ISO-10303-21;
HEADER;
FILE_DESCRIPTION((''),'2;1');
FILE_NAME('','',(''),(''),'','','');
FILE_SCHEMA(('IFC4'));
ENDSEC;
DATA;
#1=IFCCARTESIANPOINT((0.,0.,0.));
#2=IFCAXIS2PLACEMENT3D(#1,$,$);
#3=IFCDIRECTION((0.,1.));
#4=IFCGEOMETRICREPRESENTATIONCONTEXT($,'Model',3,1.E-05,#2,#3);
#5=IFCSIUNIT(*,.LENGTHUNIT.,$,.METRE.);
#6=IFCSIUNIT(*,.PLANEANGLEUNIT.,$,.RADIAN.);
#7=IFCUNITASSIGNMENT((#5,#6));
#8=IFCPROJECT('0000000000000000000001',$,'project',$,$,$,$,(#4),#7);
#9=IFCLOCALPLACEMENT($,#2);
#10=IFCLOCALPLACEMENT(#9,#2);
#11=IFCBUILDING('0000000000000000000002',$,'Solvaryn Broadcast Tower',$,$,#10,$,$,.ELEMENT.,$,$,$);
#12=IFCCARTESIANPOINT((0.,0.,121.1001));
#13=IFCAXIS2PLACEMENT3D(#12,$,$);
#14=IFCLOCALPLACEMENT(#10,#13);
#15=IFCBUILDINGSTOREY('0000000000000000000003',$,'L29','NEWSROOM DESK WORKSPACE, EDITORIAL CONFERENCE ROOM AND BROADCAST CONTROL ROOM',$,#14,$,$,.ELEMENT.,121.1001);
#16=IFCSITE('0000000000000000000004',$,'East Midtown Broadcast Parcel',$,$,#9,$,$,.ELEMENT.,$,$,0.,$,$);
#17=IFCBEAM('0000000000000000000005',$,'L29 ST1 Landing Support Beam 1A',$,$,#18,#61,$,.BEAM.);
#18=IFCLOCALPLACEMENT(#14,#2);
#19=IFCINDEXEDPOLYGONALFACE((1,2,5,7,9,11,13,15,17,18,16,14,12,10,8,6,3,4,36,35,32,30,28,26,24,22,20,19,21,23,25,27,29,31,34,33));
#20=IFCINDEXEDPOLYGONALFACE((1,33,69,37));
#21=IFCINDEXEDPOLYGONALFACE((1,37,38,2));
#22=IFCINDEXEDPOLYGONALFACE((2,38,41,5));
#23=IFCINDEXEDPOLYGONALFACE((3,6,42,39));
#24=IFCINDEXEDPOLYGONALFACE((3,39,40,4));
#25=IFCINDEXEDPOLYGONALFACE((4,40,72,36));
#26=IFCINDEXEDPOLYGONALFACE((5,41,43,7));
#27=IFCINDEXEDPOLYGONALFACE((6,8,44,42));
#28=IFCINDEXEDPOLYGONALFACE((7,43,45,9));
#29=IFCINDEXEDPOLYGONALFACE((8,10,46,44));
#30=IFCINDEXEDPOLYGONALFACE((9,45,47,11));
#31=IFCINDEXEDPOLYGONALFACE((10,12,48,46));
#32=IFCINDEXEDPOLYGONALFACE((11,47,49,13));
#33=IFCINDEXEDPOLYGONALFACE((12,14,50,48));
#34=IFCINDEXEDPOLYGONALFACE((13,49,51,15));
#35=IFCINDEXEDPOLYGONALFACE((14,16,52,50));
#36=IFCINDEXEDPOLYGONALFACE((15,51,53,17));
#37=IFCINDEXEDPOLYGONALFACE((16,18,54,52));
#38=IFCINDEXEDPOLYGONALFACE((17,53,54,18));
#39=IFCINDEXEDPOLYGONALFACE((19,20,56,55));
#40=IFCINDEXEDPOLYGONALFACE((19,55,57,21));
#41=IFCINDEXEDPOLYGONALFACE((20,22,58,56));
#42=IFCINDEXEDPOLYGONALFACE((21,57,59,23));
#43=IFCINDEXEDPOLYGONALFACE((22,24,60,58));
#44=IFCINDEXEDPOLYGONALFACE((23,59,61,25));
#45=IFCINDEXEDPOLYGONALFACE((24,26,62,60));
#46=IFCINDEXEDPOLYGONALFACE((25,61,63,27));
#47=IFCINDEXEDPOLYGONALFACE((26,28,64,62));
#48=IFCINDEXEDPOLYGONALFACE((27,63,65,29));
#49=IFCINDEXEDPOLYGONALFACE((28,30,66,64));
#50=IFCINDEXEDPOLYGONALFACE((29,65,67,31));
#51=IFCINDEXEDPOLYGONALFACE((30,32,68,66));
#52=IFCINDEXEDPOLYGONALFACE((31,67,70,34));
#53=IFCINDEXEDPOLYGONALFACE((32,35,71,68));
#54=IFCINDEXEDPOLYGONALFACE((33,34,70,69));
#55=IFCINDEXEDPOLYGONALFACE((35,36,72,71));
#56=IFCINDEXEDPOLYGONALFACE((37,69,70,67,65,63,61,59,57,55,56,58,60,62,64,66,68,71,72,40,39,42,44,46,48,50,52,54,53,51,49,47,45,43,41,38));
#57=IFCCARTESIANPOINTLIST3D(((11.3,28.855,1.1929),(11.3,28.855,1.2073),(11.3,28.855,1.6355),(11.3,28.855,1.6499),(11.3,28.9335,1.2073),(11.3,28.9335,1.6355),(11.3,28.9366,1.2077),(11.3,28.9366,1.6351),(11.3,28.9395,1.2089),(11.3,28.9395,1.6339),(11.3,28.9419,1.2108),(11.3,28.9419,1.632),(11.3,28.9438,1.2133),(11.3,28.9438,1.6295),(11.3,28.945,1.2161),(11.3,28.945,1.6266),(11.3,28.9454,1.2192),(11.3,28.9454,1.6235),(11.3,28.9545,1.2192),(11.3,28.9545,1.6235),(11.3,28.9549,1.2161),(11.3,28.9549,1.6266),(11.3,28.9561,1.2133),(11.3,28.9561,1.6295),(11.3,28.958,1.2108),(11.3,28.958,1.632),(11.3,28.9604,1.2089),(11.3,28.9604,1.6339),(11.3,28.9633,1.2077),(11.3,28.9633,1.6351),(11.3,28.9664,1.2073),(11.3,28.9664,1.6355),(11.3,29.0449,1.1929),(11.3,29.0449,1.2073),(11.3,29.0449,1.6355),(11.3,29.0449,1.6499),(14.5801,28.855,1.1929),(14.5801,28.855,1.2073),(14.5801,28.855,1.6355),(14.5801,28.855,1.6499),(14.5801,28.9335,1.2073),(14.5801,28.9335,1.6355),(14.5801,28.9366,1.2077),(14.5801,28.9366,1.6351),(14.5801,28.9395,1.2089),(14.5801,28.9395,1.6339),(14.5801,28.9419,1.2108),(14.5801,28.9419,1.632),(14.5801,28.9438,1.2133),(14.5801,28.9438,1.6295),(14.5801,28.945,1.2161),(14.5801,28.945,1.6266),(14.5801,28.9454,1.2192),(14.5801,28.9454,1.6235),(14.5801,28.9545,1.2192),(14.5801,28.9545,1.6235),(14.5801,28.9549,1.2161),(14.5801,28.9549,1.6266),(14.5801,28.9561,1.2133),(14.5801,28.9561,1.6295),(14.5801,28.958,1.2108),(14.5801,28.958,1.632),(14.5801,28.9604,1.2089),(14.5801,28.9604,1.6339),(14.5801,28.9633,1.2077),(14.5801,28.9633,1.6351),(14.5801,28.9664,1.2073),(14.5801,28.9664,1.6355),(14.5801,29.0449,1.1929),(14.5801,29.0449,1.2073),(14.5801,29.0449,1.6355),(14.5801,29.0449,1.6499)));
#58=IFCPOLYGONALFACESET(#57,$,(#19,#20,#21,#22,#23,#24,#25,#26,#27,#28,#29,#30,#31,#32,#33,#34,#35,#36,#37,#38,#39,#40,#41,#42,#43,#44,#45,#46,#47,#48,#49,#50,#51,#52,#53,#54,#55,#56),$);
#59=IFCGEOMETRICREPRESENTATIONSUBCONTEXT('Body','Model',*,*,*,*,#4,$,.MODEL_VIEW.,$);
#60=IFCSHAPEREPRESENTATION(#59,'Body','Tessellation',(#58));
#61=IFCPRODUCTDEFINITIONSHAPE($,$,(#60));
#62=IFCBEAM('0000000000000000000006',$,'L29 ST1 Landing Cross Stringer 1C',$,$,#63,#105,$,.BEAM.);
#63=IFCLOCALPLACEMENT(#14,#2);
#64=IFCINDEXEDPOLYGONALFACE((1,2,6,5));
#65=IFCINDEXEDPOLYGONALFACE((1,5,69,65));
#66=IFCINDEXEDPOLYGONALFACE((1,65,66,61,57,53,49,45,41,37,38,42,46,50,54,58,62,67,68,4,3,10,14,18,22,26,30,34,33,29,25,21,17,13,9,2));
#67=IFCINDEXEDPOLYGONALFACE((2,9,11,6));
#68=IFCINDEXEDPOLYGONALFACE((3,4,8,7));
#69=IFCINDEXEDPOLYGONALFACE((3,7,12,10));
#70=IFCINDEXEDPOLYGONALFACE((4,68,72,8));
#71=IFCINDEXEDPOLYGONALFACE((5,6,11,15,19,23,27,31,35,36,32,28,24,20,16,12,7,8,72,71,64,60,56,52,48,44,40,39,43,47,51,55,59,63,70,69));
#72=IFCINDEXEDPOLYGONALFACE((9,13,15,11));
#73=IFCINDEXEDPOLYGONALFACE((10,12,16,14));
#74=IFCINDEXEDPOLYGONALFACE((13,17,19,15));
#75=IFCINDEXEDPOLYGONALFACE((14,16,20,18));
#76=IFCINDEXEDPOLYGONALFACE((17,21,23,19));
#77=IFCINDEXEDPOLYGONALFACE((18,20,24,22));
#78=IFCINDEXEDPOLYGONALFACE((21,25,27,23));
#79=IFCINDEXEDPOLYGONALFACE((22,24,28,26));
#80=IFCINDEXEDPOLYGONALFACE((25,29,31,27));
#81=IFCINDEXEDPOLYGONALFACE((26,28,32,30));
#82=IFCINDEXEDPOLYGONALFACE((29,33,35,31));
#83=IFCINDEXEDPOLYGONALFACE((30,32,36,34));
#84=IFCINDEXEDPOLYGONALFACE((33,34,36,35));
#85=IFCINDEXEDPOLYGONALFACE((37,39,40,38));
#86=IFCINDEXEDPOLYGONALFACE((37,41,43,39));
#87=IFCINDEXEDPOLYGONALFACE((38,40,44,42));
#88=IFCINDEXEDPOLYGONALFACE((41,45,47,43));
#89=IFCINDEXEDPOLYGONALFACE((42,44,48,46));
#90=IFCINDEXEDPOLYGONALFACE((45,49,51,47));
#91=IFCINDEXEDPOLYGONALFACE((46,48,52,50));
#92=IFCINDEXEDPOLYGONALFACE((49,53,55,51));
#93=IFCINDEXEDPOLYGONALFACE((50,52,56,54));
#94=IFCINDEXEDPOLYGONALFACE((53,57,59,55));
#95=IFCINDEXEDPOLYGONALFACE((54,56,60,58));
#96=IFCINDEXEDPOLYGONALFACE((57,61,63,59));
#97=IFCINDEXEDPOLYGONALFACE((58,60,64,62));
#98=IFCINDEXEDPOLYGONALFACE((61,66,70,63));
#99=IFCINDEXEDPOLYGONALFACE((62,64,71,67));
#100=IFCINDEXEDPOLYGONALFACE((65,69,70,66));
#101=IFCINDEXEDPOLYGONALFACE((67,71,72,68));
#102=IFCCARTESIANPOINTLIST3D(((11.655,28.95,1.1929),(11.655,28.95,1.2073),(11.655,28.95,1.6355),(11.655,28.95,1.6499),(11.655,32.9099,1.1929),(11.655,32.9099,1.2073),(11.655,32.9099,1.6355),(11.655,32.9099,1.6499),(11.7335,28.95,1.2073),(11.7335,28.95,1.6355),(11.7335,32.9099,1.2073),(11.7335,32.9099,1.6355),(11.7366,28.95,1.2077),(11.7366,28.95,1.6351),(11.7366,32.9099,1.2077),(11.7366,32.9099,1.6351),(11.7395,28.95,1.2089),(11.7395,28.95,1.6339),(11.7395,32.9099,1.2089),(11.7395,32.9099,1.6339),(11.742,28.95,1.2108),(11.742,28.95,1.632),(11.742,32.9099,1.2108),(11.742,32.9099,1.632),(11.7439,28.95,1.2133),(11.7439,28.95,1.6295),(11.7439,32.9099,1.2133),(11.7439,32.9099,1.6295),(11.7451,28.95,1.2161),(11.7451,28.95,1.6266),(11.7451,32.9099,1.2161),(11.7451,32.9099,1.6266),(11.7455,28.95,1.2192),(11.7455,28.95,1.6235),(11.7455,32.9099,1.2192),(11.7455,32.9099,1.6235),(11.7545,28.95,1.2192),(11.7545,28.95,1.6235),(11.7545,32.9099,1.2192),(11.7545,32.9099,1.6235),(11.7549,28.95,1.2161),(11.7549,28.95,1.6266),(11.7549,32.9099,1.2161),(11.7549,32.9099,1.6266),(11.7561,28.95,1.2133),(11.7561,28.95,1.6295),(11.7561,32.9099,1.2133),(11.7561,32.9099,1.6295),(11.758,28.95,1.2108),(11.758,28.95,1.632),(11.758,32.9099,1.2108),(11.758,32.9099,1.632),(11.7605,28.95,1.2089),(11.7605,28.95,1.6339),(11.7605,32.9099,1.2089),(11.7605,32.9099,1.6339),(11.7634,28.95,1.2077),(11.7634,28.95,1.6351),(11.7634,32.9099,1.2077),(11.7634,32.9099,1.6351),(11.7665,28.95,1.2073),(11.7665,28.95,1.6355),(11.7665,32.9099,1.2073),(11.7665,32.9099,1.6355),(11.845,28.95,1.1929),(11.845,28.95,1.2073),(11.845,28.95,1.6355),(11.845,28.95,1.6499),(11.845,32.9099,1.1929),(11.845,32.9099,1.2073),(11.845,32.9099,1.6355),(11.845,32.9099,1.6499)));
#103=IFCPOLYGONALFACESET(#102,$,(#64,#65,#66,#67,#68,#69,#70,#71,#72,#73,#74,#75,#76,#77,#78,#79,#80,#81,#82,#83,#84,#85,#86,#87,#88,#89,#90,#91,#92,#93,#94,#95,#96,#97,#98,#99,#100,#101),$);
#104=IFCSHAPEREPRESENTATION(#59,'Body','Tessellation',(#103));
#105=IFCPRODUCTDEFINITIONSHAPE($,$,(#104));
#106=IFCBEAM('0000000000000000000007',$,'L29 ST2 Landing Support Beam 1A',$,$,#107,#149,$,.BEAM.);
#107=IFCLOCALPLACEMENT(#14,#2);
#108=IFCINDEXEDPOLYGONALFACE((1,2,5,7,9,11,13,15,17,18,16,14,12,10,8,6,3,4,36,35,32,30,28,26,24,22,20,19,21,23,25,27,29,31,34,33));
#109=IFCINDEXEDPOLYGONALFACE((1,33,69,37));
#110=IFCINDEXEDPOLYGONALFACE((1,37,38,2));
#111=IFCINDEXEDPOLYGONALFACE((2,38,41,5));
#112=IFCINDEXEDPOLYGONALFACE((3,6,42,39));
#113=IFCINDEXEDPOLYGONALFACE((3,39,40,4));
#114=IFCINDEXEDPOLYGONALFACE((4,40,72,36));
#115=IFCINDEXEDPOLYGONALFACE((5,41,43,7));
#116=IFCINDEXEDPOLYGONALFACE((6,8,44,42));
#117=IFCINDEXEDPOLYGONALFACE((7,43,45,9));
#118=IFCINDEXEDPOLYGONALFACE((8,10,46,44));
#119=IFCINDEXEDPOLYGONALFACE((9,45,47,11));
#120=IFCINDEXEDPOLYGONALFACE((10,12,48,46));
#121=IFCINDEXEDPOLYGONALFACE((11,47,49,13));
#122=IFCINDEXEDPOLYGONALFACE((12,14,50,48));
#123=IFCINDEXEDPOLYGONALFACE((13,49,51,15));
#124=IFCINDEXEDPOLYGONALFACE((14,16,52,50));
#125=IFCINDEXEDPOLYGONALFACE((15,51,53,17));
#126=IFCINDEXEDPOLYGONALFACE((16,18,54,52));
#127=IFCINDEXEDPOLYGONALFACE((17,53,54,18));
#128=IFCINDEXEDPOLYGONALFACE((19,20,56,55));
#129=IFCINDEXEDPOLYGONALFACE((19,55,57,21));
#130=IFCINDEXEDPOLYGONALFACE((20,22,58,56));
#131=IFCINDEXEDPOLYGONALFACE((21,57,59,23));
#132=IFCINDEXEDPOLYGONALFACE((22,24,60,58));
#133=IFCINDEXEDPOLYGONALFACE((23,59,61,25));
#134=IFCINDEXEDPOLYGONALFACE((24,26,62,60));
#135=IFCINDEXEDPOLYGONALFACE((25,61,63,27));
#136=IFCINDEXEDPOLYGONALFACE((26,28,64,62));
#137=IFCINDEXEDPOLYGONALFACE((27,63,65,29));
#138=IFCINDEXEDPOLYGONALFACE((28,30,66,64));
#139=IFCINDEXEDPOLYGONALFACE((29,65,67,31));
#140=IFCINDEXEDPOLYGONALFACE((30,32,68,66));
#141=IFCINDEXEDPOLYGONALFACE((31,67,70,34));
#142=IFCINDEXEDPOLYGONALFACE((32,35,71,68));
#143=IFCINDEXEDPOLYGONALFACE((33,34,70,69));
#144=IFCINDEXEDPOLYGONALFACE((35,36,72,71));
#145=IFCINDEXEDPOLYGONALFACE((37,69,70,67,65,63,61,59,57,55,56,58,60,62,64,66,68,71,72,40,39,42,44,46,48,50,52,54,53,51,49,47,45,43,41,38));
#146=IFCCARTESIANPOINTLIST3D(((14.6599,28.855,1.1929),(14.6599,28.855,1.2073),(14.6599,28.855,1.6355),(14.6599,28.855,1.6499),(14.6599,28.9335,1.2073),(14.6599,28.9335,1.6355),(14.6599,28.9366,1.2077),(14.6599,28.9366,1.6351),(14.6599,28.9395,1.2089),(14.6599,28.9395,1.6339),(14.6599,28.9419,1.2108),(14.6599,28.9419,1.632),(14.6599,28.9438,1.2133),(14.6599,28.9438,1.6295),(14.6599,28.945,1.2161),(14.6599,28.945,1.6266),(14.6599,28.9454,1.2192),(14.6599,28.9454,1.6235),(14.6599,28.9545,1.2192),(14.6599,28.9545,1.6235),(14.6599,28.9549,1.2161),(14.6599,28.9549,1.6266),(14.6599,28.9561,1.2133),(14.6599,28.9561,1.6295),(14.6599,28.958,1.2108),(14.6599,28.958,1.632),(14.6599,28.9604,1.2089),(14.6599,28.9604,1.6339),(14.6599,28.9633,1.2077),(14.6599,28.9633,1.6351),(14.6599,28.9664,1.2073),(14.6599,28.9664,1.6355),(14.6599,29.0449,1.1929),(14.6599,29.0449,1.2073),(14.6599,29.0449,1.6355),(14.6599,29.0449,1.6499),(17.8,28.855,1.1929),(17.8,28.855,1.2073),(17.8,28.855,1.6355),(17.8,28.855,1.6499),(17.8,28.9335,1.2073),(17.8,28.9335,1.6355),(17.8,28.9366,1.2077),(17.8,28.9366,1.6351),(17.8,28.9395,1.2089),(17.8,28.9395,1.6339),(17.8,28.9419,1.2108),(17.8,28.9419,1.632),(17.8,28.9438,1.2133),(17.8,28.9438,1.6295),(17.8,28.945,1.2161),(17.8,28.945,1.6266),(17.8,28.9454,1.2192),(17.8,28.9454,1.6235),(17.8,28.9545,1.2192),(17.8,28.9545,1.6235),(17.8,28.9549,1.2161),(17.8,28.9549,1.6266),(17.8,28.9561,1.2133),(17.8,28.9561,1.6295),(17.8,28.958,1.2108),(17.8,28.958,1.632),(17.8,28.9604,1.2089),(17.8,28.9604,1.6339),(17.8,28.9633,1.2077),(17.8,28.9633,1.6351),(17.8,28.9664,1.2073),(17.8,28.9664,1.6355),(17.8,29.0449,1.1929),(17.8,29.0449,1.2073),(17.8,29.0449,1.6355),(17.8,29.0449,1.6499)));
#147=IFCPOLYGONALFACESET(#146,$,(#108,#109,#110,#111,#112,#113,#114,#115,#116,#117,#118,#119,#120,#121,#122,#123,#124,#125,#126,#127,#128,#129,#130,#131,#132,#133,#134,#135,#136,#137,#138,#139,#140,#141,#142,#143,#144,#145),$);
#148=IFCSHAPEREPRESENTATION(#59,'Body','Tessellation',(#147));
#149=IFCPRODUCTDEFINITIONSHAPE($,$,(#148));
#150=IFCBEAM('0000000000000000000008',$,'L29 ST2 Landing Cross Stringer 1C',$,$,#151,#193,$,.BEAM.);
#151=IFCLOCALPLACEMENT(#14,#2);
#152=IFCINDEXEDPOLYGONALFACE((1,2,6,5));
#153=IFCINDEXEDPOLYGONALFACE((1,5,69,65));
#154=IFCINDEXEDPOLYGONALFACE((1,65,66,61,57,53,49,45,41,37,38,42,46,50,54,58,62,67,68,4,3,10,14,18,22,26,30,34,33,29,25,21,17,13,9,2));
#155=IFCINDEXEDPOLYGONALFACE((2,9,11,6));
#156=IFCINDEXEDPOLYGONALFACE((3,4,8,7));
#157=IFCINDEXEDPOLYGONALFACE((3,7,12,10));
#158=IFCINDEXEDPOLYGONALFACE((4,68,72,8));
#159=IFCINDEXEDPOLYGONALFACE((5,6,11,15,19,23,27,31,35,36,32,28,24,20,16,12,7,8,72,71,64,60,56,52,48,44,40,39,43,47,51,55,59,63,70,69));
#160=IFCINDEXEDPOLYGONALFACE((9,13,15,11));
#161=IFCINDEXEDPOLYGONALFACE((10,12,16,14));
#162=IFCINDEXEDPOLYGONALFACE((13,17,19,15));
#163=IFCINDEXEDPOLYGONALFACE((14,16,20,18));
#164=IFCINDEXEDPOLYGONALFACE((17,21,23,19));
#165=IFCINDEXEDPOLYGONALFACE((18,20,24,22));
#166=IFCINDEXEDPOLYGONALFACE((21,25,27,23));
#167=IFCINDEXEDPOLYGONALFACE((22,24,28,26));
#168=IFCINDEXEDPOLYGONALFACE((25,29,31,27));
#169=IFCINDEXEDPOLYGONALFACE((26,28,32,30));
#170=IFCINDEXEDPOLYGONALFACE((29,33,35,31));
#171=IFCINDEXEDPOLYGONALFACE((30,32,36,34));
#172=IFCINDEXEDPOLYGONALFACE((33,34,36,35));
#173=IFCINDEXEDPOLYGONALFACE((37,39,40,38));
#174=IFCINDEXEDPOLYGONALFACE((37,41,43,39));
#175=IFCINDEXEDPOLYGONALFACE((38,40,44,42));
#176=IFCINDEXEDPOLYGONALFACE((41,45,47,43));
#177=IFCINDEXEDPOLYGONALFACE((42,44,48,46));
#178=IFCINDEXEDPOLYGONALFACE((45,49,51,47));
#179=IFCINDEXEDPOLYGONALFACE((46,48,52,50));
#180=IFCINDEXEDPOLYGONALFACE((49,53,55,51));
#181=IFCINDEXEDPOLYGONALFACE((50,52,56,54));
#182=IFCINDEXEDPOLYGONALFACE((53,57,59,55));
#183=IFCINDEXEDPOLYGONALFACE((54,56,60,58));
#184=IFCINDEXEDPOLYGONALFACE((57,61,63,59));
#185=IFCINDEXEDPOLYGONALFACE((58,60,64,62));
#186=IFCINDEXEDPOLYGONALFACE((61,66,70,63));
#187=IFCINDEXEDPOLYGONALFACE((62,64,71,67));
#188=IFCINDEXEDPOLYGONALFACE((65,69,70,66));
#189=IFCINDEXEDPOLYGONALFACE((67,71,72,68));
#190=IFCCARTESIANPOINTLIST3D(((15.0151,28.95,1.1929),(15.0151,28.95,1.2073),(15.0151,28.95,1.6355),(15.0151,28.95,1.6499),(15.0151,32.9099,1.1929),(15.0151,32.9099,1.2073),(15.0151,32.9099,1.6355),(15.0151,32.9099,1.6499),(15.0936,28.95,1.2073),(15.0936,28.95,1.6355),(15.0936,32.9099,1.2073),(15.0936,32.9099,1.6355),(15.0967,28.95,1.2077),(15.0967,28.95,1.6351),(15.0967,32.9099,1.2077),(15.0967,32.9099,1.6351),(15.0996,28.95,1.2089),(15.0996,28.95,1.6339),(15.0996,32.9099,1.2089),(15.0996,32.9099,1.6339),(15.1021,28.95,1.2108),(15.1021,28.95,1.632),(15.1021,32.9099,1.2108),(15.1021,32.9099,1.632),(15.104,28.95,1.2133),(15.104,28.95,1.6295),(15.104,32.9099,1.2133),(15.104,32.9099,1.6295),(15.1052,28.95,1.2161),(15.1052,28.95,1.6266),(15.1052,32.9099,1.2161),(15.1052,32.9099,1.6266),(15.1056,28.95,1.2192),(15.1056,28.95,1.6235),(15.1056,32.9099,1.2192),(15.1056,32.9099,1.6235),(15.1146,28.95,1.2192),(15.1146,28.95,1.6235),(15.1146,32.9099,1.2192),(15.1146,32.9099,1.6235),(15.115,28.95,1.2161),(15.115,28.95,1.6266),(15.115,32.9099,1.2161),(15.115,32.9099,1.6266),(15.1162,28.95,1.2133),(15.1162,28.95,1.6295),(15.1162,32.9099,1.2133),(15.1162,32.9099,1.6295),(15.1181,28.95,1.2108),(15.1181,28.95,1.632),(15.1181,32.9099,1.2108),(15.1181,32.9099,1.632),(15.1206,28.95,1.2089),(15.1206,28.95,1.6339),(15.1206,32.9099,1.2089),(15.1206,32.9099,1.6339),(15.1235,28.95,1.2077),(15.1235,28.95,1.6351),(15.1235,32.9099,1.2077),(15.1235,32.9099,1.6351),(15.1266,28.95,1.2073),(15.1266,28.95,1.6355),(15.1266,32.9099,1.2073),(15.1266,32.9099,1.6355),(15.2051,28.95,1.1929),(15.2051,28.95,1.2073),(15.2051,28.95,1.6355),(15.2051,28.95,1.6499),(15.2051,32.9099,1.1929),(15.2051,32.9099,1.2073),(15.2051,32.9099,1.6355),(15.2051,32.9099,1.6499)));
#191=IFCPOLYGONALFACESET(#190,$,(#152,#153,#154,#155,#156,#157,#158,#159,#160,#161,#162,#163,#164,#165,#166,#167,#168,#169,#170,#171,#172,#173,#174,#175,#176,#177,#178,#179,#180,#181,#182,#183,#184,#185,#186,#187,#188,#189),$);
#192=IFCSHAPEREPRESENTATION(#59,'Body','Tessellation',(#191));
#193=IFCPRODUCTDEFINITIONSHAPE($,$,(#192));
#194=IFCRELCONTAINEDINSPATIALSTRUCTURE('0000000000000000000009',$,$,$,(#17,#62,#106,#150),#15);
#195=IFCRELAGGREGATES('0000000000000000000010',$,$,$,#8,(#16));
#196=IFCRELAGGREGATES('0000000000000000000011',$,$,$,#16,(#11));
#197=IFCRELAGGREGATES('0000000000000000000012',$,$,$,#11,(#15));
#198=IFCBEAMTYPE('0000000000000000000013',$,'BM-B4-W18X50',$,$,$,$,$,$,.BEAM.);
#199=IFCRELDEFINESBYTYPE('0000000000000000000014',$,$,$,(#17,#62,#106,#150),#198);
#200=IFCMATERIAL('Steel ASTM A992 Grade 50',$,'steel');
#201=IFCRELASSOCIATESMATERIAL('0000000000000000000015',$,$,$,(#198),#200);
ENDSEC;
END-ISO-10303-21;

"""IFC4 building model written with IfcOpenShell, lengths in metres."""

from ifc_helpers import new_model, si_unit, direction, frame, origin, origin_2d, place, context, subcontext, project, spatial, i_section, extrude, material, material_profile, profile_set, type_object, element, save


model = new_model("IFC4")

# Units and contexts
model_context = context("Model", 3, precision=1e-05, world=origin(), true_north=direction((0.0, 1.0)))
body_context = subcontext(model_context, "Body", "Model", "MODEL_VIEW")
ifc_project = project(units=[si_unit("LENGTHUNIT", "METRE"), si_unit("PLANEANGLEUNIT", "RADIAN")], contexts=[model_context])

# Site, building, storey
site_placement = place(None, origin())
site = spatial("IfcSite", under=ifc_project, at=site_placement, Name="East Midtown Broadcast Parcel", CompositionType="ELEMENT", RefElevation=0.0)
building_placement = place(site_placement, origin())
building = spatial("IfcBuilding", under=site, at=building_placement, Name="Solvaryn Broadcast Tower", CompositionType="ELEMENT")
storey_placement = place(building_placement, frame((0.0, 0.0, 121.1001)))
storey = spatial("IfcBuildingStorey", under=building, at=storey_placement, Name="L29", Description="NEWSROOM DESK WORKSPACE, EDITORIAL CONFERENCE ROOM AND BROADCAST CONTROL ROOM", CompositionType="ELEMENT", Elevation=121.1001)

# Beams
ifc_material_1 = material(Name="Steel ASTM A992 Grade 50", Category="steel")
ifc_material_profile_1 = material_profile(ifc_material_1, i_section(OverallWidth=0.1899, OverallDepth=0.457, WebThickness=0.009, FlangeThickness=0.0144, FilletRadius=0.012, at=origin_2d()))
ifc_profile_set_1 = profile_set([ifc_material_profile_1], Name="Steel ASTM A992 Grade 50")
beam_type_1 = type_object("IfcBeamType", Name="BM-B4-W18X50", PredefinedType="BEAM", material=ifc_profile_set_1)
beam_1_placement = place(storey_placement, frame((11.3, 28.95, 1.4214), z_axis=(1.0, 0.0, 0.0), x_axis=(0.0, 1.0, 0.0)))
element("IfcBeam", 1, at=beam_1_placement, inside=storey, type_object=beam_type_1, Name="L29 ST1 Landing Support Beam 1A", PredefinedType="BEAM", context=body_context, shape_type="SweptSolid", body=[
    extrude(i_section(OverallWidth=0.1899, OverallDepth=0.457, WebThickness=0.009, FlangeThickness=0.0144, FilletRadius=0.012, at=origin_2d()), origin(), (0.0, 0.0, 1.0), 3.28),
])
beam_2_placement = place(storey_placement, frame((11.75, 28.95, 1.4214), z_axis=(0.0, 1.0, 0.0), x_axis=(-1.0, 0.0, 0.0)))
element("IfcBeam", 2, at=beam_2_placement, inside=storey, type_object=beam_type_1, Name="L29 ST1 Landing Cross Stringer 1C", PredefinedType="BEAM", context=body_context, shape_type="SweptSolid", body=[
    extrude(i_section(OverallWidth=0.1899, OverallDepth=0.457, WebThickness=0.009, FlangeThickness=0.0144, FilletRadius=0.012, at=origin_2d()), origin(), (0.0, 0.0, 1.0), 3.96),
])
beam_3_placement = place(storey_placement, frame((14.6599, 28.95, 1.4214), z_axis=(1.0, 0.0, 0.0), x_axis=(0.0, 1.0, 0.0)))
element("IfcBeam", 3, at=beam_3_placement, inside=storey, type_object=beam_type_1, Name="L29 ST2 Landing Support Beam 1A", PredefinedType="BEAM", context=body_context, shape_type="SweptSolid", body=[
    extrude(i_section(OverallWidth=0.1899, OverallDepth=0.457, WebThickness=0.009, FlangeThickness=0.0144, FilletRadius=0.012, at=origin_2d()), origin(), (0.0, 0.0, 1.0), 3.1401),
])
beam_4_placement = place(storey_placement, frame((15.1101, 28.95, 1.4214), z_axis=(0.0, 1.0, 0.0), x_axis=(-1.0, 0.0, 0.0)))
element("IfcBeam", 4, at=beam_4_placement, inside=storey, type_object=beam_type_1, Name="L29 ST2 Landing Cross Stringer 1C", PredefinedType="BEAM", context=body_context, shape_type="SweptSolid", body=[
    extrude(i_section(OverallWidth=0.1899, OverallDepth=0.457, WebThickness=0.009, FlangeThickness=0.0144, FilletRadius=0.012, at=origin_2d()), origin(), (0.0, 0.0, 1.0), 3.96),
])

save(model, "model.ifc")
